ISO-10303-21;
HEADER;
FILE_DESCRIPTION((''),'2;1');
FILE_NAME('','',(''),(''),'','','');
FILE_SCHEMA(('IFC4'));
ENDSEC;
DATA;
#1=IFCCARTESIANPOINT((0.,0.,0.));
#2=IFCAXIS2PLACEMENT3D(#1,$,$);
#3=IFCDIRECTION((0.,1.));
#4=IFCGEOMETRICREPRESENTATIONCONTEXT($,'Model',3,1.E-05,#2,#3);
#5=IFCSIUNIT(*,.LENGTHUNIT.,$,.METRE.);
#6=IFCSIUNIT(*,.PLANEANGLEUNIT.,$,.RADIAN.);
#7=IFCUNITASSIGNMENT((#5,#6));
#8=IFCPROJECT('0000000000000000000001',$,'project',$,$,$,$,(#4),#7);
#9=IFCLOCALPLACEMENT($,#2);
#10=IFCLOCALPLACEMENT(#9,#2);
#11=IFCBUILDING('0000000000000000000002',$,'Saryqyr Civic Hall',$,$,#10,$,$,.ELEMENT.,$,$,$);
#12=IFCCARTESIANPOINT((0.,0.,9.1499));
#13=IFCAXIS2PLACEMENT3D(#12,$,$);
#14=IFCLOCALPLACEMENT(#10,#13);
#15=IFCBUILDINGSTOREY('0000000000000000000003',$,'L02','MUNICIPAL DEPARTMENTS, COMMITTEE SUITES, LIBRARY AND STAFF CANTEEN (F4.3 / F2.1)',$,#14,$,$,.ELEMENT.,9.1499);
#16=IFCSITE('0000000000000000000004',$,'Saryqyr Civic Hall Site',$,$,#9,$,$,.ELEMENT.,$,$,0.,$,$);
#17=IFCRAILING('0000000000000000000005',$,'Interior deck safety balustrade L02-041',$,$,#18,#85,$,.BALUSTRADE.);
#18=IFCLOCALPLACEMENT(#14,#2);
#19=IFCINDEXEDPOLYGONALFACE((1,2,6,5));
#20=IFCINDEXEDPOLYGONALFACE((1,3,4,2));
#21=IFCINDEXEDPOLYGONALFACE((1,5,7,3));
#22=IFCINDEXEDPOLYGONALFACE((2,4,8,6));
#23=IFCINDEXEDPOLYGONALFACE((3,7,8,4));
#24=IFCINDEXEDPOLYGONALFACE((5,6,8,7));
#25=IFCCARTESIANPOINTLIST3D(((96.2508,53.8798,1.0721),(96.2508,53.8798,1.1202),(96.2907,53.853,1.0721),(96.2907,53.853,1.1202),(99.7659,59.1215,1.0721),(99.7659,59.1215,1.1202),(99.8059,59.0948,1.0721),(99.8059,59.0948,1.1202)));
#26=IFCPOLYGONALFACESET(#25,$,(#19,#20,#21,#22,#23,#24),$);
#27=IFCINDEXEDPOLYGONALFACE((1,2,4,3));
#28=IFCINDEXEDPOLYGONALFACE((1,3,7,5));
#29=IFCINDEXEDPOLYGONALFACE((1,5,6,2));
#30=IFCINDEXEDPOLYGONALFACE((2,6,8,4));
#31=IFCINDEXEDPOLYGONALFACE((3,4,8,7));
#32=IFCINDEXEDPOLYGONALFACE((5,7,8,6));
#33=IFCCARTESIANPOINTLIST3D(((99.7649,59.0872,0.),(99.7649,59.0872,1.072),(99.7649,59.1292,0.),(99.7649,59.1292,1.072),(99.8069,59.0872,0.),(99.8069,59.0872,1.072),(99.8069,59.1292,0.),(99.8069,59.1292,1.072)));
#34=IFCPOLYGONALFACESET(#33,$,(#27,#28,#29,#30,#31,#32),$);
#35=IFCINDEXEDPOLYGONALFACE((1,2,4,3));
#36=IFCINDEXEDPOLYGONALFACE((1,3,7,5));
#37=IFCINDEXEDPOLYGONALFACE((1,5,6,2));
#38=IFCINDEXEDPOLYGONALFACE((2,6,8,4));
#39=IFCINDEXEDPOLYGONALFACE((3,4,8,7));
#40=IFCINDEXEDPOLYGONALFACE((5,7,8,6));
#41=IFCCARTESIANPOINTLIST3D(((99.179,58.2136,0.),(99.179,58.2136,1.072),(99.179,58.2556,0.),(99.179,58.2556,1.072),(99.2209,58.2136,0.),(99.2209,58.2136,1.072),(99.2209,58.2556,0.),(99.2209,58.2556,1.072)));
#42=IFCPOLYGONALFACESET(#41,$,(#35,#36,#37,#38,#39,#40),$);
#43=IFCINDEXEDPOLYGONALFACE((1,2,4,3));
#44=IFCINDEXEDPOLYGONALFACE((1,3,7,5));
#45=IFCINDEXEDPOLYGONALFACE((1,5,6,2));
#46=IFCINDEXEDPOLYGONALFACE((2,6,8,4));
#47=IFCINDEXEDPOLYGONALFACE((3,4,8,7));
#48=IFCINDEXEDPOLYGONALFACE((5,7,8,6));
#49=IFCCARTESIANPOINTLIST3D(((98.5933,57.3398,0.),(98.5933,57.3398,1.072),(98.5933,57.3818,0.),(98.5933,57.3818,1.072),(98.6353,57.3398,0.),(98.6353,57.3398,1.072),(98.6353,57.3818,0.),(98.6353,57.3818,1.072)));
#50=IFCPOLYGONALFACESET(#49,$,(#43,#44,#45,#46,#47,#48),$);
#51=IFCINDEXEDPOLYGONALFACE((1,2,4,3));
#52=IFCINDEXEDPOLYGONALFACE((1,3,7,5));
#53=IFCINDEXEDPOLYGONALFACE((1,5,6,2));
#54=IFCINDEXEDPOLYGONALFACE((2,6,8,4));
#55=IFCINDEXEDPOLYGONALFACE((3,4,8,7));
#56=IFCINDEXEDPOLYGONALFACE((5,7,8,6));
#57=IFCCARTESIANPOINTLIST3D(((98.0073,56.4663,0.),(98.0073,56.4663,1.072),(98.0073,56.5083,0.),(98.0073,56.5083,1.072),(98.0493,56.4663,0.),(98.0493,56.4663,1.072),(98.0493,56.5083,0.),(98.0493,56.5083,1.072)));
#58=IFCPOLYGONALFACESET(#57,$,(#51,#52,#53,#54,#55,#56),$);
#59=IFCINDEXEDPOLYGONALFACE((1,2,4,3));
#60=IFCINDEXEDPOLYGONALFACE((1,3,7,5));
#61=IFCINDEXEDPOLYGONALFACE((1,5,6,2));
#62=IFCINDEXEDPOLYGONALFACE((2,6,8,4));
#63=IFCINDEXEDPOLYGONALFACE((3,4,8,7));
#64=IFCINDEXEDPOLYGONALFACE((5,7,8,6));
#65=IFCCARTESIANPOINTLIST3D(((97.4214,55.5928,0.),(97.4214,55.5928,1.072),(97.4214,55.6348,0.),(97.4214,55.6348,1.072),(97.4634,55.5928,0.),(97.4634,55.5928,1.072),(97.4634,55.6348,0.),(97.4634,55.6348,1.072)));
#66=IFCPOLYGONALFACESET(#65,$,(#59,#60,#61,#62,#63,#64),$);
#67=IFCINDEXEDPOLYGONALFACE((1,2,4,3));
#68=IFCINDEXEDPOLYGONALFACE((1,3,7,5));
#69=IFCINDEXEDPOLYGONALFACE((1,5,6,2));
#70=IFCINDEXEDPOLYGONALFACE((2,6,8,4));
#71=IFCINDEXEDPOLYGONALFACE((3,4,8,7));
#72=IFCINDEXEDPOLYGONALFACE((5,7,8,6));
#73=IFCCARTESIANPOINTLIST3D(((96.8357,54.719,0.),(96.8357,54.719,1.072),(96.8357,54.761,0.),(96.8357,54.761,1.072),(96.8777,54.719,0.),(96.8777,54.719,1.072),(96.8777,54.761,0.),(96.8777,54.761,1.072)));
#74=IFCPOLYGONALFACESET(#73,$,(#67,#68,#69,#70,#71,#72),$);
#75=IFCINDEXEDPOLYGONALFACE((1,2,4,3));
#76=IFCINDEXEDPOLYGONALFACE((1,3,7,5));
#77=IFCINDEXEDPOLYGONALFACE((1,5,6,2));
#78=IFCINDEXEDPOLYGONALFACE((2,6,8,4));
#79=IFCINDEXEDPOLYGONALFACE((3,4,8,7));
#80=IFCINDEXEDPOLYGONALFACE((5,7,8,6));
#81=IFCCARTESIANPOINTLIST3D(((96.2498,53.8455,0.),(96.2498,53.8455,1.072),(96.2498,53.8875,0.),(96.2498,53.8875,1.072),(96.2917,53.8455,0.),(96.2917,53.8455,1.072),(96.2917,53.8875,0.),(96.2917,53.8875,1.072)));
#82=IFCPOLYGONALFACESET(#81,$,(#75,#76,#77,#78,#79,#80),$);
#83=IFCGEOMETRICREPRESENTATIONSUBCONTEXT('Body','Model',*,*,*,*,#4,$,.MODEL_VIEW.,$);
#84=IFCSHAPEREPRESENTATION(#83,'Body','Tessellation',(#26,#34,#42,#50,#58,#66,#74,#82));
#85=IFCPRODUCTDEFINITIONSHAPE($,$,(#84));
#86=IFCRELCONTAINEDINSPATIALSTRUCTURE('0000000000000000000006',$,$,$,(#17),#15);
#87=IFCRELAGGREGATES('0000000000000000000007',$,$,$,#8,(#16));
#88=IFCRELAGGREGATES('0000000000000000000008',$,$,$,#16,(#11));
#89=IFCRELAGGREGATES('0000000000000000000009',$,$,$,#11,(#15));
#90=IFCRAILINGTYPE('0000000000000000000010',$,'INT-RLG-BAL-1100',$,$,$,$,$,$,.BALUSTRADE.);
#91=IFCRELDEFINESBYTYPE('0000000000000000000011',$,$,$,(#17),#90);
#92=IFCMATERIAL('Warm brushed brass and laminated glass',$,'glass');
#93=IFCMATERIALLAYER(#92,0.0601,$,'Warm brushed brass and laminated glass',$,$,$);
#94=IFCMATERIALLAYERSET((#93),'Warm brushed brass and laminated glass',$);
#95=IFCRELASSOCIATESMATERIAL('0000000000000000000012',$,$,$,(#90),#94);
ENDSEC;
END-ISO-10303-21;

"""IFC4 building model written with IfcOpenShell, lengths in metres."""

from ifc_helpers import new_model, si_unit, direction, frame, origin, origin_2d, place, context, subcontext, project, spatial, rectangle, extrude, material, layer, layer_set, type_object, element, save


model = new_model("IFC4")

# Units and contexts
model_context = context("Model", 3, precision=1e-05, world=origin(), true_north=direction((0.0, 1.0)))
body_context = subcontext(model_context, "Body", "Model", "MODEL_VIEW")
ifc_project = project(units=[si_unit("LENGTHUNIT", "METRE"), si_unit("PLANEANGLEUNIT", "RADIAN")], contexts=[model_context])

# Site, building, storey
site_placement = place(None, origin())
site = spatial("IfcSite", under=ifc_project, at=site_placement, Name="Saryqyr Civic Hall Site", CompositionType="ELEMENT", RefElevation=0.0)
building_placement = place(site_placement, origin())
building = spatial("IfcBuilding", under=site, at=building_placement, Name="Saryqyr Civic Hall", CompositionType="ELEMENT")
storey_placement = place(building_placement, frame((0.0, 0.0, 9.1499)))
storey = spatial("IfcBuildingStorey", under=building, at=storey_placement, Name="L02", Description="MUNICIPAL DEPARTMENTS, COMMITTEE SUITES, LIBRARY AND STAFF CANTEEN (F4.3 / F2.1)", CompositionType="ELEMENT", Elevation=9.1499)

# Railing
ifc_material_1 = material(Name="Warm brushed brass and laminated glass", Category="glass")
ifc_layer_1 = layer(ifc_material_1, 0.0601, Name="Warm brushed brass and laminated glass")
ifc_layer_set_1 = layer_set([ifc_layer_1], Name="Warm brushed brass and laminated glass")
railing_type = type_object("IfcRailingType", Name="INT-RLG-BAL-1100", PredefinedType="BALUSTRADE", material=ifc_layer_set_1)
railing_1_placement = place(storey_placement, frame((99.7859, 59.1082, 0.0)))
element("IfcRailing", 1, at=railing_1_placement, inside=storey, type_object=railing_type, Name="Interior deck safety balustrade L02-041", PredefinedType="BALUSTRADE", context=body_context, shape_type="SweptSolid", body=[
    extrude(rectangle(XDim=0.0481, YDim=0.0481, at=origin_2d()), frame((0.0, 0.0, 1.0962), z_axis=(-0.556966, -0.830536, 0.0), x_axis=(0.830536, -0.556966, 0.0)), (0.0, 0.0, 1.0), 6.3113),
    extrude(rectangle(XDim=0.042, YDim=0.042, at=origin_2d()), origin(), (0.0, 0.0, 1.0), 1.072),
    extrude(rectangle(XDim=0.042, YDim=0.042, at=origin_2d()), frame((-0.5859, -0.8735, 0.0)), (0.0, 0.0, 1.0), 1.072),
    extrude(rectangle(XDim=0.042, YDim=0.042, at=origin_2d()), frame((-1.1716, -1.7473, 0.0)), (0.0, 0.0, 1.0), 1.072),
    extrude(rectangle(XDim=0.042, YDim=0.042, at=origin_2d()), frame((-1.7576, -2.6208, 0.0)), (0.0, 0.0, 1.0), 1.072),
    extrude(rectangle(XDim=0.042, YDim=0.042, at=origin_2d()), frame((-2.3435, -3.4944, 0.0)), (0.0, 0.0, 1.0), 1.072),
    extrude(rectangle(XDim=0.042, YDim=0.042, at=origin_2d()), frame((-2.9292, -4.3682, 0.0)), (0.0, 0.0, 1.0), 1.072),
    extrude(rectangle(XDim=0.042, YDim=0.042, at=origin_2d()), frame((-3.5151, -5.2417, 0.0)), (0.0, 0.0, 1.0), 1.072),
])

save(model, "model.ifc")
